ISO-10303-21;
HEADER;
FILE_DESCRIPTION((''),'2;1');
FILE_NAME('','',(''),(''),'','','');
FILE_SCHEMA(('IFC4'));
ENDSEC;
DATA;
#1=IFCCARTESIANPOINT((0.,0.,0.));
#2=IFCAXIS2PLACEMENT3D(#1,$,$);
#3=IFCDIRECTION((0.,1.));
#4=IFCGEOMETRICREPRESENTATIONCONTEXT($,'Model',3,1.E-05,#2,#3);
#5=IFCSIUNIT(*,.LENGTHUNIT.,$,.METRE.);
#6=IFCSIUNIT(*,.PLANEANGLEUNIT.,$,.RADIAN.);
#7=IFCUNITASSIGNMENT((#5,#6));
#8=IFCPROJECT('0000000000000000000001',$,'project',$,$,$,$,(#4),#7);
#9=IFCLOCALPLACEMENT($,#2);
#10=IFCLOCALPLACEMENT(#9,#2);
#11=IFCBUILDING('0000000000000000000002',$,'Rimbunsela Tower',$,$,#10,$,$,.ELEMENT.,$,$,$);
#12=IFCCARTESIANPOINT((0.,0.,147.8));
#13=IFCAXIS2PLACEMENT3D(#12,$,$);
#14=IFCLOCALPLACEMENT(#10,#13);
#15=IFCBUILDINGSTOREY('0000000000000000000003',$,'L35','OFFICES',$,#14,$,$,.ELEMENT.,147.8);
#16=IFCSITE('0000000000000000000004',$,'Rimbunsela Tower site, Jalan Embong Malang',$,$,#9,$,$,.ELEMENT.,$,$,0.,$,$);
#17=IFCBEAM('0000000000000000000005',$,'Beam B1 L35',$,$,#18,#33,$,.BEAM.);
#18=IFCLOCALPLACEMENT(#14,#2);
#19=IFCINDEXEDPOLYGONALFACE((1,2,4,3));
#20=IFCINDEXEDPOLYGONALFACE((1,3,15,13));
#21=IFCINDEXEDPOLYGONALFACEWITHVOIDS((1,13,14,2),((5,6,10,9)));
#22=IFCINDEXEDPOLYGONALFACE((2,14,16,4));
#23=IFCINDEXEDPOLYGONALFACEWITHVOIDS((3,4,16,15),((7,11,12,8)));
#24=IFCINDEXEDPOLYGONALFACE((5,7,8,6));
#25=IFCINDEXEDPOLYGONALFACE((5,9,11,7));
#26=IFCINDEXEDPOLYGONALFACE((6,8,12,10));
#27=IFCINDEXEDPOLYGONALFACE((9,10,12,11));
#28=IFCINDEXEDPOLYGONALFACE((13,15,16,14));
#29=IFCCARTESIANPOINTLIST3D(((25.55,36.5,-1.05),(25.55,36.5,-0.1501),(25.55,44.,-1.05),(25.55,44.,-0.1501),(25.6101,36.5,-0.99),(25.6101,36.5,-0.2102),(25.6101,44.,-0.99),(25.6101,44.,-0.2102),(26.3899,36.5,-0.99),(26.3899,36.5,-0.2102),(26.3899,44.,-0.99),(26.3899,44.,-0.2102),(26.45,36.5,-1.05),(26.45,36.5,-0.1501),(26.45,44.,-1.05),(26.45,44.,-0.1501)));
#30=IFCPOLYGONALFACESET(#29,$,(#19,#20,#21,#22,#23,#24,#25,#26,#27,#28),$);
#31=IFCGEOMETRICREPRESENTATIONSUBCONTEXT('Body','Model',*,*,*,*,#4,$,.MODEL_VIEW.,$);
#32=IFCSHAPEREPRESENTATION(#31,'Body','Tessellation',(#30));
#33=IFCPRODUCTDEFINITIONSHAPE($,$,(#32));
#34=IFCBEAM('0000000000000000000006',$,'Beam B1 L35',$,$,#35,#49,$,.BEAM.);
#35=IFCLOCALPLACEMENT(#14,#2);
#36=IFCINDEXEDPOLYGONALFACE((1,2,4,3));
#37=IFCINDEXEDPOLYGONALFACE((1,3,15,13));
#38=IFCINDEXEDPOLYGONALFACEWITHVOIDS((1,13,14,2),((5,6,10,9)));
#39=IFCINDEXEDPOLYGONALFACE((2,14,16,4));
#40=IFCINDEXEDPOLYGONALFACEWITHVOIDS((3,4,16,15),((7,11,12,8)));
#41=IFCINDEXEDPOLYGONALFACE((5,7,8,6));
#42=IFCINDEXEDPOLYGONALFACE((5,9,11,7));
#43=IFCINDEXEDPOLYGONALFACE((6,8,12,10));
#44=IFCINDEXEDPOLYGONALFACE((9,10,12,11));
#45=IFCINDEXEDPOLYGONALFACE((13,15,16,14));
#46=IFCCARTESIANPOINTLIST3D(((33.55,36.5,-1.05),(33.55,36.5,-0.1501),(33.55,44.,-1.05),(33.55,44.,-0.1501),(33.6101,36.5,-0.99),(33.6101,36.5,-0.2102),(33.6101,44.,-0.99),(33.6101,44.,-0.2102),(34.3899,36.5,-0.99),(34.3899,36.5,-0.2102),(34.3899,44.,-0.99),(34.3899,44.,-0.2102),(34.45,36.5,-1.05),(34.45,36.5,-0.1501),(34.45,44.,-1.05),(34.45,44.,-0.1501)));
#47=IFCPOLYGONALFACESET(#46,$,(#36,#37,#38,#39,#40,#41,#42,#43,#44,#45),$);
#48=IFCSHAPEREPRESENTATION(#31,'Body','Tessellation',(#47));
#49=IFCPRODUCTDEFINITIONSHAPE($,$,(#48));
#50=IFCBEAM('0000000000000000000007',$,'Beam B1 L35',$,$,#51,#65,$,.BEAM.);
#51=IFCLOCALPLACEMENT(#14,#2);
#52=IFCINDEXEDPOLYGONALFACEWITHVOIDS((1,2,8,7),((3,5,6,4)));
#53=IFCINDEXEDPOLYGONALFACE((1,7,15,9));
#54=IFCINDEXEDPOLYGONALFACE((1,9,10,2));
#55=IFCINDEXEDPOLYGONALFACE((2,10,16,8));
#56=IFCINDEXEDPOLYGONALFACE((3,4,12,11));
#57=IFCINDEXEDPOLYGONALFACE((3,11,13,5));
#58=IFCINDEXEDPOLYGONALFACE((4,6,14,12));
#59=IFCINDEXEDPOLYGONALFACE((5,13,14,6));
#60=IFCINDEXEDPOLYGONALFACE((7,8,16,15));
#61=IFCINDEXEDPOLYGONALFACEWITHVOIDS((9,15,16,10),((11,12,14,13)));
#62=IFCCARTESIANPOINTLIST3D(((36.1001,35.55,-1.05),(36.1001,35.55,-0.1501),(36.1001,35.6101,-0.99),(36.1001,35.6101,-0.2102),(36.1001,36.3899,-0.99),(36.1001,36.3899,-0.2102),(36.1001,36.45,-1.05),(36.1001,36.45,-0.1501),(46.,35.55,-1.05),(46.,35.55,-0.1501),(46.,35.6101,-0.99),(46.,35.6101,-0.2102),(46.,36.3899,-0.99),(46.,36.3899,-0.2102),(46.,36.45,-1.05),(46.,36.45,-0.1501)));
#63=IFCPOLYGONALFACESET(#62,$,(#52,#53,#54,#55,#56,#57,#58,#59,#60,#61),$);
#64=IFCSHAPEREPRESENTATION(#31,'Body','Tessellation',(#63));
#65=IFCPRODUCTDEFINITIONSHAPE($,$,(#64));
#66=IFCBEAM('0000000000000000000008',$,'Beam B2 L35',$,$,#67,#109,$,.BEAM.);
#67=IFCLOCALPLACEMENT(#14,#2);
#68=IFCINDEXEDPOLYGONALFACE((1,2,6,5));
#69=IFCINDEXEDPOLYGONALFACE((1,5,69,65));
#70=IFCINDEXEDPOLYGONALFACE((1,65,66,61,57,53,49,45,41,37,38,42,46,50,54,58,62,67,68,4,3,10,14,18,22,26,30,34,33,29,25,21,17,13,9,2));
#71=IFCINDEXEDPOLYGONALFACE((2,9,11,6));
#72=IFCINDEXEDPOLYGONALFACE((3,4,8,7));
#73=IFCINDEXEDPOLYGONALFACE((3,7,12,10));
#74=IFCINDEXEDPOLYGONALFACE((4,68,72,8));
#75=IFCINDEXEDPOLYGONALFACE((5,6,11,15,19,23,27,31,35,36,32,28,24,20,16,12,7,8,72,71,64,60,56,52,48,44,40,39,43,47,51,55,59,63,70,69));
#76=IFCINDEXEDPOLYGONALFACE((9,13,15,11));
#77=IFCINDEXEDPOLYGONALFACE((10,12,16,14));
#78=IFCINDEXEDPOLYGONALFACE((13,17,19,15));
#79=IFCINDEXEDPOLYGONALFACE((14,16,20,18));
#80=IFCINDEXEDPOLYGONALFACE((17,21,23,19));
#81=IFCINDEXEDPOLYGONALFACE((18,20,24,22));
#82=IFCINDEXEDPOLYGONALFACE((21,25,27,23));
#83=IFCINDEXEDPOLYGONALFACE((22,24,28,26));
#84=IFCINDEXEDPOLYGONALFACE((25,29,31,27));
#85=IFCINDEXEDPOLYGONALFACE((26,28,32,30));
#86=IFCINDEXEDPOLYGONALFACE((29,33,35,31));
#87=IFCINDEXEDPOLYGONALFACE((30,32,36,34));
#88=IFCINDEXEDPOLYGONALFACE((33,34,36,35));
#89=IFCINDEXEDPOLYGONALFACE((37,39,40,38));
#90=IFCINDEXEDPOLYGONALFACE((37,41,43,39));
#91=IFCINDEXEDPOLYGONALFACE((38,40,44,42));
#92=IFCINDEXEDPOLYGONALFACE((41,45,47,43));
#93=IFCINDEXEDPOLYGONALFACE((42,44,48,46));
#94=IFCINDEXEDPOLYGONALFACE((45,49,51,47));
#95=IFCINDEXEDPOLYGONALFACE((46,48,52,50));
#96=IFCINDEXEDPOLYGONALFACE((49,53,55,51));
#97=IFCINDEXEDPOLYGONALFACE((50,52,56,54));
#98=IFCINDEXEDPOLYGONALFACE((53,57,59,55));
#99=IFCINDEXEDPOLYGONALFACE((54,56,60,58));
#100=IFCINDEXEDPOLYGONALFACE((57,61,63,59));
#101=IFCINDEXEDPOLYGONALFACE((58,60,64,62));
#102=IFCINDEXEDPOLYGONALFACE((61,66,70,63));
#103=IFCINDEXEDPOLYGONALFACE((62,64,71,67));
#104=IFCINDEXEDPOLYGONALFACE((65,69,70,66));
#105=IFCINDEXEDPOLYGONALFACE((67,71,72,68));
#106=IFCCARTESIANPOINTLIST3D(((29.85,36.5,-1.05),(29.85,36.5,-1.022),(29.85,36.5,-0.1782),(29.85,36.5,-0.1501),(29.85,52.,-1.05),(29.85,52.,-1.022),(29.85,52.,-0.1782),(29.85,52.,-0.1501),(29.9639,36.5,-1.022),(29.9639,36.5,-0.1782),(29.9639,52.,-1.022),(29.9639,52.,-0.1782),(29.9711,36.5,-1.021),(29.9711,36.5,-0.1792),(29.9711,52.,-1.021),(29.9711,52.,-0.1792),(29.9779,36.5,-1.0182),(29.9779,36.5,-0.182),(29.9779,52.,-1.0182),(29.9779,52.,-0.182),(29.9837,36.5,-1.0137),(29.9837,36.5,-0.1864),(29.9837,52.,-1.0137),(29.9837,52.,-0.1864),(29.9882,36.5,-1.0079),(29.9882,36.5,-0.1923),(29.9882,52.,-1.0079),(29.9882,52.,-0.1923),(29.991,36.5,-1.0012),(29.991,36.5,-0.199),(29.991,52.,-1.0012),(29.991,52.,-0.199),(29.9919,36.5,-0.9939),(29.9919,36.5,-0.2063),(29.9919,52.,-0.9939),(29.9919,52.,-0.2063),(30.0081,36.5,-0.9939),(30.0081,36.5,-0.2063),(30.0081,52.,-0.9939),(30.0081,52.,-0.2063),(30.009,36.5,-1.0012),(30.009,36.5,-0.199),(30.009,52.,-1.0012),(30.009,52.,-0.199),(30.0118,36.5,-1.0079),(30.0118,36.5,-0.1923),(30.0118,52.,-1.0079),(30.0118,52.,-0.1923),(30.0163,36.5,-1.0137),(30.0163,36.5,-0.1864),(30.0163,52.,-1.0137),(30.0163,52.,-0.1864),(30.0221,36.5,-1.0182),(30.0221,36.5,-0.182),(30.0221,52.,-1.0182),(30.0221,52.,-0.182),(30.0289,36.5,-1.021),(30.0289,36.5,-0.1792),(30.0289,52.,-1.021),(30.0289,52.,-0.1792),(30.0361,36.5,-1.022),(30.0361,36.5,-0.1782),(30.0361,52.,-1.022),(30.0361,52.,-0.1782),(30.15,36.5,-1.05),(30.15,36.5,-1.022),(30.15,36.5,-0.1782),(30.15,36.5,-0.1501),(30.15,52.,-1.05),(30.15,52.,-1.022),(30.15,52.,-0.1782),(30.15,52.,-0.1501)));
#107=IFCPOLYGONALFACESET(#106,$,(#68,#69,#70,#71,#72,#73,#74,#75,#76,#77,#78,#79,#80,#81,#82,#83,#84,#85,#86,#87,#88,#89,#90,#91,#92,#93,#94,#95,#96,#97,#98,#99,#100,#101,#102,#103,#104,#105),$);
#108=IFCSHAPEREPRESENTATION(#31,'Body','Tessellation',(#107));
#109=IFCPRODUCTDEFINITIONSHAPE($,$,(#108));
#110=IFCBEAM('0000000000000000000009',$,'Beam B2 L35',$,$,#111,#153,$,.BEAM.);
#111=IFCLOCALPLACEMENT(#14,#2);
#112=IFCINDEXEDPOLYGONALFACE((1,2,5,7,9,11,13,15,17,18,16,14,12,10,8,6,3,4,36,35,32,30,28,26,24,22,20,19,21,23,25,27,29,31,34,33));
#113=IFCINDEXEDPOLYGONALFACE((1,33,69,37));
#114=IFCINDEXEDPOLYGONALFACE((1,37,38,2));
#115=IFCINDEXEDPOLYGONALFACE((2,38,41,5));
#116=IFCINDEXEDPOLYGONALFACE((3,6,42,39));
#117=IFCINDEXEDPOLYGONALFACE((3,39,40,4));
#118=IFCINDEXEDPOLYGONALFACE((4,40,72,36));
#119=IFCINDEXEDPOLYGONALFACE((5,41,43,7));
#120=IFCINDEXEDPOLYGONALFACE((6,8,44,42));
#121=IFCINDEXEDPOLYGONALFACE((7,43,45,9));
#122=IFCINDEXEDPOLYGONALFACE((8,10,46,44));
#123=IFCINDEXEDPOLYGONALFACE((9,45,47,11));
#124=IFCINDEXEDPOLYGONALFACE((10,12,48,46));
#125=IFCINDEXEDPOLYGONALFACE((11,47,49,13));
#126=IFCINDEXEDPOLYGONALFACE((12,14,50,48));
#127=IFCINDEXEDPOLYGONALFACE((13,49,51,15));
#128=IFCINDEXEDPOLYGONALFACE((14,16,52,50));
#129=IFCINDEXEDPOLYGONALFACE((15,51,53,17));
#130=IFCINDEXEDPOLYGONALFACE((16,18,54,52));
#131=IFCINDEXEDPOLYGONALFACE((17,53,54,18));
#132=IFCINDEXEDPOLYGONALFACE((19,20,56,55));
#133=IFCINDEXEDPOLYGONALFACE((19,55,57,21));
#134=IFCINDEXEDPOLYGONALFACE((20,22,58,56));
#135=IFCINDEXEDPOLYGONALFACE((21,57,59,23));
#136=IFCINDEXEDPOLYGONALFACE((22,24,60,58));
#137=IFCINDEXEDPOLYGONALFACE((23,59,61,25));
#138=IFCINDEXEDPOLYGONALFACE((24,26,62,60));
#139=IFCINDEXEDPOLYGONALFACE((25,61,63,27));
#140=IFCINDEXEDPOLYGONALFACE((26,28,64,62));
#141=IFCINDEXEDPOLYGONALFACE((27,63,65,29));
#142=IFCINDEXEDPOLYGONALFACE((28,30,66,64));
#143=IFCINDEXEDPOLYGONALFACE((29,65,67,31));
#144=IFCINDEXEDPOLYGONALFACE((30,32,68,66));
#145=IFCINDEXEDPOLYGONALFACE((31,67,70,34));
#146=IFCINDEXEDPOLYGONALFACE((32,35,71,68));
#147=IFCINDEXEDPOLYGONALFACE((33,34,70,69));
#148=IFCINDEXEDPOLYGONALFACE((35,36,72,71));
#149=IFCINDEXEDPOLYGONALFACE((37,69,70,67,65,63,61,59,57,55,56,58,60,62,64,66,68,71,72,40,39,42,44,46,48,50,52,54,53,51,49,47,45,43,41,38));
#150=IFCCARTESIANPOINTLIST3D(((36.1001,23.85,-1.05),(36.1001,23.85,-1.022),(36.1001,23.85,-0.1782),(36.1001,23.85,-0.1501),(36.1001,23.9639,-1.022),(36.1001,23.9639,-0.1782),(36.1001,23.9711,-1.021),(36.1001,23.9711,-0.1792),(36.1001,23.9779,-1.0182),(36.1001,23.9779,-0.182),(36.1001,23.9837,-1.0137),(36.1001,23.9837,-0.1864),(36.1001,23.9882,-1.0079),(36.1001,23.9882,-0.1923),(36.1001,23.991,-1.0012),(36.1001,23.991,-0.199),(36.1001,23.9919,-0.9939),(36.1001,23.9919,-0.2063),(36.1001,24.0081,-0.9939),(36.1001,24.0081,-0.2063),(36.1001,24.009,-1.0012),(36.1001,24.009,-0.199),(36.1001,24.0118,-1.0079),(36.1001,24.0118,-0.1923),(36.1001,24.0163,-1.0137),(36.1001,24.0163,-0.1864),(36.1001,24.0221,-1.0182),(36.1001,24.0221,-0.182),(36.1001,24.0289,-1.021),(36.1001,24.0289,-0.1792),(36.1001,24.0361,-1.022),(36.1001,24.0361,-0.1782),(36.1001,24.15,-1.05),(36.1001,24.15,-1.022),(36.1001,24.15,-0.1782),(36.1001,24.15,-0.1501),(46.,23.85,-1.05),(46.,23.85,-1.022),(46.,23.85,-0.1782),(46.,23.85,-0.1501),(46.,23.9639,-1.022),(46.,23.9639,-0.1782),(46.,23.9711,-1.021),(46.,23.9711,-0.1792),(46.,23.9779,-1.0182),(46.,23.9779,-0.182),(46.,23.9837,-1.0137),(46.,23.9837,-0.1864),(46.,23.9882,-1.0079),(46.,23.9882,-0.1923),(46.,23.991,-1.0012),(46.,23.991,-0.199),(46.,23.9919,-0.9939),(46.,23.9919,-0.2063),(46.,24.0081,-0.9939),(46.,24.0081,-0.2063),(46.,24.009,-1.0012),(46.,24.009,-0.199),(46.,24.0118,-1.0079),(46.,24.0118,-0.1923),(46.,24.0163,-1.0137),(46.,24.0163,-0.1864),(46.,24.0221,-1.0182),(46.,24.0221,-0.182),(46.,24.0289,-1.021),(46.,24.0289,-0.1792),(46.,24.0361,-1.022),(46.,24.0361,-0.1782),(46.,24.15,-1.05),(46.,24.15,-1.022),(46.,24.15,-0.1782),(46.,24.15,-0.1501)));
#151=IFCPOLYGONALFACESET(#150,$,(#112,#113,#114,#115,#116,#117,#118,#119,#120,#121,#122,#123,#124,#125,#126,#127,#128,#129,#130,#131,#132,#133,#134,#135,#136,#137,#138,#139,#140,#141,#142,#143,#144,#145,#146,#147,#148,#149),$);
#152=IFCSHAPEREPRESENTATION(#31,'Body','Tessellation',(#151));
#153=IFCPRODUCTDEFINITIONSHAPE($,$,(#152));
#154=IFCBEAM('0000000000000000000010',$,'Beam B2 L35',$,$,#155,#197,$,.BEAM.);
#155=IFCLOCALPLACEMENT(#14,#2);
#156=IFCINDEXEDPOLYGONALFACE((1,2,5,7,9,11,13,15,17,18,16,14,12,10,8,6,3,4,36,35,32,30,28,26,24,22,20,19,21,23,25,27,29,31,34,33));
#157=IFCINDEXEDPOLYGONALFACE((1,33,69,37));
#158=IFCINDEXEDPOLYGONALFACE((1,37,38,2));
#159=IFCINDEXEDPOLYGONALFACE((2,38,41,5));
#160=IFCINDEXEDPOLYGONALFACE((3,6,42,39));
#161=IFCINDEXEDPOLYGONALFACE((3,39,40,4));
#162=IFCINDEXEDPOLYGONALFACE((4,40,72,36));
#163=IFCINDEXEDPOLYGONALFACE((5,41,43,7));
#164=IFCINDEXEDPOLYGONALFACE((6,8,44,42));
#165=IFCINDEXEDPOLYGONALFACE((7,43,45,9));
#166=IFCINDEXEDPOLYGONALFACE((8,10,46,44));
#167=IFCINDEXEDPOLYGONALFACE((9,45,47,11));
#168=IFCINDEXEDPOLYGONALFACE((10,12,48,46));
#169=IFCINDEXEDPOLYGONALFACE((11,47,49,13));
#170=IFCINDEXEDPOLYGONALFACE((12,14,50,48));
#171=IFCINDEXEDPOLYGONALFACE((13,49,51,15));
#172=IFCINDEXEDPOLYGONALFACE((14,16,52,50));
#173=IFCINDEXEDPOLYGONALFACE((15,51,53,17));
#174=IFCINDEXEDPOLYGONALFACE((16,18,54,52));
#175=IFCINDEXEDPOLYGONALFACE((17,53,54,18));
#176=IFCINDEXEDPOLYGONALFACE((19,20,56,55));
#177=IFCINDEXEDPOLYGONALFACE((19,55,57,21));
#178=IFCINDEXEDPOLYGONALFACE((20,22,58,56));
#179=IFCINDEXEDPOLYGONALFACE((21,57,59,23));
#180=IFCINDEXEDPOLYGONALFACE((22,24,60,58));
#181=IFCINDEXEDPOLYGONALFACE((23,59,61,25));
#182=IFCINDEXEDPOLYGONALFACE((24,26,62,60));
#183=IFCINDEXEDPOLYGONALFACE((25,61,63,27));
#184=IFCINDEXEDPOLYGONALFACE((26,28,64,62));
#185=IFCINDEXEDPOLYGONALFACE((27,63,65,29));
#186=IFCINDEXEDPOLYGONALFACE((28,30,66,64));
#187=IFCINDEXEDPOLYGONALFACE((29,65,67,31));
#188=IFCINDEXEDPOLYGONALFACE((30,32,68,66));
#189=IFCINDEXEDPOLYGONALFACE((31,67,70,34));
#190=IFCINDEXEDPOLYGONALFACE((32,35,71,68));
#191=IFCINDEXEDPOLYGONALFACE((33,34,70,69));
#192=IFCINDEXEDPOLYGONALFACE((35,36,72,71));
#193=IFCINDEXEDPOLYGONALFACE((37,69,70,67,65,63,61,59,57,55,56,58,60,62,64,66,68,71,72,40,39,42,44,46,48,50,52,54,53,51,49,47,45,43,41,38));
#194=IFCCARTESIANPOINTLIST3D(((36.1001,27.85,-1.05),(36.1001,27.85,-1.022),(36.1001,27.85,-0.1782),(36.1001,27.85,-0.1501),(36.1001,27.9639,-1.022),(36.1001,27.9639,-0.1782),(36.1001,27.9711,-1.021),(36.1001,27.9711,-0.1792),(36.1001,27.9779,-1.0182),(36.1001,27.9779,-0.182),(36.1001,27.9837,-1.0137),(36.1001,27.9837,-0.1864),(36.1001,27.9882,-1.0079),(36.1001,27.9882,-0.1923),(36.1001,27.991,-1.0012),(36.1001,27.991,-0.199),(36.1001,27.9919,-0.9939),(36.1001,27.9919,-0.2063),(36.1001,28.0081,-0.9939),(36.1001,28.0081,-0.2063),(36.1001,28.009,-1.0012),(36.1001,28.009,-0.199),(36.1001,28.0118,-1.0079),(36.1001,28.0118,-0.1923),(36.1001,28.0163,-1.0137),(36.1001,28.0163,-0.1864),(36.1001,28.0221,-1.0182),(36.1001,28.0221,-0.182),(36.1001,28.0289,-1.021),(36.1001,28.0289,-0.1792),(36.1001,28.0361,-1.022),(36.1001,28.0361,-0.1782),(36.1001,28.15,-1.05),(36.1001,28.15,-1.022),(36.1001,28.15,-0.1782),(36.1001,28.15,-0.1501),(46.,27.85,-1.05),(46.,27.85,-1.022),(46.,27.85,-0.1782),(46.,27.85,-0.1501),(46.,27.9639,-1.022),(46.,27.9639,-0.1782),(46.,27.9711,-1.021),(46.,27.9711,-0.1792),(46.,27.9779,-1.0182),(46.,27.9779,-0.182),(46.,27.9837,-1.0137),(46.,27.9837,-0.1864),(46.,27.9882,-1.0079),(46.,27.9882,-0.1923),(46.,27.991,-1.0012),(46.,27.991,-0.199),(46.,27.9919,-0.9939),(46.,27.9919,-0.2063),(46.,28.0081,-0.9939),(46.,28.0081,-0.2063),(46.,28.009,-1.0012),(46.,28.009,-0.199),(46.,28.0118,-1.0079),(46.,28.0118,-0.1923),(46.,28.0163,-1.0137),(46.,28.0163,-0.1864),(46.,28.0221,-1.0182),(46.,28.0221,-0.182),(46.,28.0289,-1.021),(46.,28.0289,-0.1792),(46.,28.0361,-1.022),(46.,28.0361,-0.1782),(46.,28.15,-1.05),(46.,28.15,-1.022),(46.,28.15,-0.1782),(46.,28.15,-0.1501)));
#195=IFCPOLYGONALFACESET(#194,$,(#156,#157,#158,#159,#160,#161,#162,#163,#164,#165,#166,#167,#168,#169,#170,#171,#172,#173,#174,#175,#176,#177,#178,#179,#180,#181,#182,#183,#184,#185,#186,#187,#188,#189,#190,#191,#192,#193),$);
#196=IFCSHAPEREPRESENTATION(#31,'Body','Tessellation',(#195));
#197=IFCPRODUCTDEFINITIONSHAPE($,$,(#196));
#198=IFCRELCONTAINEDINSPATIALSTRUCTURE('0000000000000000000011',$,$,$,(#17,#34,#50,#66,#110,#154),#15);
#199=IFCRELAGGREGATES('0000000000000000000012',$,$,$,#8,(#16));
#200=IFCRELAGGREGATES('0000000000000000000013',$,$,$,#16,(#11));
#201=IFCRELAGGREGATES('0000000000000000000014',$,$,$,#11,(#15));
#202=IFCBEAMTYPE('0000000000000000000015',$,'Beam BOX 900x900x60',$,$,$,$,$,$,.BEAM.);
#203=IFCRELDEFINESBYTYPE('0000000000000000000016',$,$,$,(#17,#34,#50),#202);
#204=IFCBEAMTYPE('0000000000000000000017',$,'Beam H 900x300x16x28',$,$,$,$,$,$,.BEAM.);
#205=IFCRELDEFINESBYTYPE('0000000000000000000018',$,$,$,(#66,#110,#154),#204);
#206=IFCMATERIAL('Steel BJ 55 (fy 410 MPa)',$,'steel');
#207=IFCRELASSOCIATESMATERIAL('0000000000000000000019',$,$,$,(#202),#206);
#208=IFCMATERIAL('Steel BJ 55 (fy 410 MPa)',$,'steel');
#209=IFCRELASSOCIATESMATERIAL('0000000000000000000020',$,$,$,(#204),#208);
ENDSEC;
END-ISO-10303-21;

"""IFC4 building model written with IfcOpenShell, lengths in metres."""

from ifc_helpers import new_model, si_unit, direction, frame, origin, origin_2d, place, context, subcontext, project, spatial, hollow_rectangle, i_section, extrude, material, material_profile, profile_set, type_object, element, save


model = new_model("IFC4")

# Units and contexts
model_context = context("Model", 3, precision=1e-05, world=origin(), true_north=direction((0.0, 1.0)))
body_context = subcontext(model_context, "Body", "Model", "MODEL_VIEW")
ifc_project = project(units=[si_unit("LENGTHUNIT", "METRE"), si_unit("PLANEANGLEUNIT", "RADIAN")], contexts=[model_context])

# Site, building, storey
site_placement = place(None, origin())
site = spatial("IfcSite", under=ifc_project, at=site_placement, Name="Rimbunsela Tower site, Jalan Embong Malang", CompositionType="ELEMENT", RefElevation=0.0)
building_placement = place(site_placement, origin())
building = spatial("IfcBuilding", under=site, at=building_placement, Name="Rimbunsela Tower", CompositionType="ELEMENT")
storey_placement = place(building_placement, frame((0.0, 0.0, 147.8)))
storey = spatial("IfcBuildingStorey", under=building, at=storey_placement, Name="L35", Description="OFFICES", CompositionType="ELEMENT", Elevation=147.8)

# Beams
ifc_material_1 = material(Name="Steel BJ 55 (fy 410 MPa)", Category="steel")
ifc_material_profile_1 = material_profile(ifc_material_1, hollow_rectangle(XDim=0.8999, YDim=0.8999, WallThickness=0.0601, at=origin_2d()), Name="BOX 900x900x60")
ifc_profile_set_1 = profile_set([ifc_material_profile_1], Name="Steel BJ 55 (fy 410 MPa)")
beam_type_1 = type_object("IfcBeamType", Name="Beam BOX 900x900x60", PredefinedType="BEAM", material=ifc_profile_set_1)
for number, where, z_axis, x_axis, name in (
    (1, (26.0, 36.5, -0.6001), (0.0, 1.0, 0.0), (-1.0, 0.0, 0.0), "Beam B1 L35"),
    (2, (34.0, 36.5, -0.6001), (0.0, 1.0, 0.0), (-1.0, 0.0, 0.0), "Beam B1 L35"),
):
    element("IfcBeam", number, at=place(storey_placement, frame(where, z_axis=z_axis, x_axis=x_axis)), inside=storey, type_object=beam_type_1, Name=name, PredefinedType="BEAM", context=body_context, shape_type="SweptSolid", body=[
        extrude(hollow_rectangle(XDim=0.8999, YDim=0.8999, WallThickness=0.0601, at=origin_2d()), origin(), (0.0, 0.0, 1.0), 7.5),
    ])
beam_1_placement = place(storey_placement, frame((36.1001, 36.0, -0.6001), z_axis=(1.0, 0.0, 0.0), x_axis=(0.0, 1.0, 0.0)))
element("IfcBeam", 3, at=beam_1_placement, inside=storey, type_object=beam_type_1, Name="Beam B1 L35", PredefinedType="BEAM", context=body_context, shape_type="SweptSolid", body=[
    extrude(hollow_rectangle(XDim=0.8999, YDim=0.8999, WallThickness=0.0601, at=origin_2d()), origin(), (0.0, 0.0, 1.0), 9.8999),
])
ifc_material_2 = material(Name="Steel BJ 55 (fy 410 MPa)", Category="steel")
ifc_material_profile_2 = material_profile(ifc_material_2, i_section(OverallWidth=0.3, OverallDepth=0.8999, WebThickness=0.0161, FlangeThickness=0.0281, FilletRadius=0.0281, at=origin_2d()), Name="H 900x300x16x28")
ifc_profile_set_2 = profile_set([ifc_material_profile_2], Name="Steel BJ 55 (fy 410 MPa)")
beam_type_2 = type_object("IfcBeamType", Name="Beam H 900x300x16x28", PredefinedType="BEAM", material=ifc_profile_set_2)
beam_2_placement = place(storey_placement, frame((30.0, 36.5, -0.6001), z_axis=(0.0, 1.0, 0.0), x_axis=(-1.0, 0.0, 0.0)))
element("IfcBeam", 4, at=beam_2_placement, inside=storey, type_object=beam_type_2, Name="Beam B2 L35", PredefinedType="BEAM", context=body_context, shape_type="SweptSolid", body=[
    extrude(i_section(OverallWidth=0.3, OverallDepth=0.8999, WebThickness=0.0161, FlangeThickness=0.0281, FilletRadius=0.0281, at=origin_2d()), origin(), (0.0, 0.0, 1.0), 15.5),
])
for number, where, z_axis, x_axis, name in (
    (5, (36.1001, 24.0, -0.6001), (1.0, 0.0, 0.0), (0.0, 1.0, 0.0), "Beam B2 L35"),
    (6, (36.1001, 28.0, -0.6001), (1.0, 0.0, 0.0), (0.0, 1.0, 0.0), "Beam B2 L35"),
):
    element("IfcBeam", number, at=place(storey_placement, frame(where, z_axis=z_axis, x_axis=x_axis)), inside=storey, type_object=beam_type_2, Name=name, PredefinedType="BEAM", context=body_context, shape_type="SweptSolid", body=[
        extrude(i_section(OverallWidth=0.3, OverallDepth=0.8999, WebThickness=0.0161, FlangeThickness=0.0281, FilletRadius=0.0281, at=origin_2d()), origin(), (0.0, 0.0, 1.0), 9.8999),
    ])

save(model, "model.ifc")
